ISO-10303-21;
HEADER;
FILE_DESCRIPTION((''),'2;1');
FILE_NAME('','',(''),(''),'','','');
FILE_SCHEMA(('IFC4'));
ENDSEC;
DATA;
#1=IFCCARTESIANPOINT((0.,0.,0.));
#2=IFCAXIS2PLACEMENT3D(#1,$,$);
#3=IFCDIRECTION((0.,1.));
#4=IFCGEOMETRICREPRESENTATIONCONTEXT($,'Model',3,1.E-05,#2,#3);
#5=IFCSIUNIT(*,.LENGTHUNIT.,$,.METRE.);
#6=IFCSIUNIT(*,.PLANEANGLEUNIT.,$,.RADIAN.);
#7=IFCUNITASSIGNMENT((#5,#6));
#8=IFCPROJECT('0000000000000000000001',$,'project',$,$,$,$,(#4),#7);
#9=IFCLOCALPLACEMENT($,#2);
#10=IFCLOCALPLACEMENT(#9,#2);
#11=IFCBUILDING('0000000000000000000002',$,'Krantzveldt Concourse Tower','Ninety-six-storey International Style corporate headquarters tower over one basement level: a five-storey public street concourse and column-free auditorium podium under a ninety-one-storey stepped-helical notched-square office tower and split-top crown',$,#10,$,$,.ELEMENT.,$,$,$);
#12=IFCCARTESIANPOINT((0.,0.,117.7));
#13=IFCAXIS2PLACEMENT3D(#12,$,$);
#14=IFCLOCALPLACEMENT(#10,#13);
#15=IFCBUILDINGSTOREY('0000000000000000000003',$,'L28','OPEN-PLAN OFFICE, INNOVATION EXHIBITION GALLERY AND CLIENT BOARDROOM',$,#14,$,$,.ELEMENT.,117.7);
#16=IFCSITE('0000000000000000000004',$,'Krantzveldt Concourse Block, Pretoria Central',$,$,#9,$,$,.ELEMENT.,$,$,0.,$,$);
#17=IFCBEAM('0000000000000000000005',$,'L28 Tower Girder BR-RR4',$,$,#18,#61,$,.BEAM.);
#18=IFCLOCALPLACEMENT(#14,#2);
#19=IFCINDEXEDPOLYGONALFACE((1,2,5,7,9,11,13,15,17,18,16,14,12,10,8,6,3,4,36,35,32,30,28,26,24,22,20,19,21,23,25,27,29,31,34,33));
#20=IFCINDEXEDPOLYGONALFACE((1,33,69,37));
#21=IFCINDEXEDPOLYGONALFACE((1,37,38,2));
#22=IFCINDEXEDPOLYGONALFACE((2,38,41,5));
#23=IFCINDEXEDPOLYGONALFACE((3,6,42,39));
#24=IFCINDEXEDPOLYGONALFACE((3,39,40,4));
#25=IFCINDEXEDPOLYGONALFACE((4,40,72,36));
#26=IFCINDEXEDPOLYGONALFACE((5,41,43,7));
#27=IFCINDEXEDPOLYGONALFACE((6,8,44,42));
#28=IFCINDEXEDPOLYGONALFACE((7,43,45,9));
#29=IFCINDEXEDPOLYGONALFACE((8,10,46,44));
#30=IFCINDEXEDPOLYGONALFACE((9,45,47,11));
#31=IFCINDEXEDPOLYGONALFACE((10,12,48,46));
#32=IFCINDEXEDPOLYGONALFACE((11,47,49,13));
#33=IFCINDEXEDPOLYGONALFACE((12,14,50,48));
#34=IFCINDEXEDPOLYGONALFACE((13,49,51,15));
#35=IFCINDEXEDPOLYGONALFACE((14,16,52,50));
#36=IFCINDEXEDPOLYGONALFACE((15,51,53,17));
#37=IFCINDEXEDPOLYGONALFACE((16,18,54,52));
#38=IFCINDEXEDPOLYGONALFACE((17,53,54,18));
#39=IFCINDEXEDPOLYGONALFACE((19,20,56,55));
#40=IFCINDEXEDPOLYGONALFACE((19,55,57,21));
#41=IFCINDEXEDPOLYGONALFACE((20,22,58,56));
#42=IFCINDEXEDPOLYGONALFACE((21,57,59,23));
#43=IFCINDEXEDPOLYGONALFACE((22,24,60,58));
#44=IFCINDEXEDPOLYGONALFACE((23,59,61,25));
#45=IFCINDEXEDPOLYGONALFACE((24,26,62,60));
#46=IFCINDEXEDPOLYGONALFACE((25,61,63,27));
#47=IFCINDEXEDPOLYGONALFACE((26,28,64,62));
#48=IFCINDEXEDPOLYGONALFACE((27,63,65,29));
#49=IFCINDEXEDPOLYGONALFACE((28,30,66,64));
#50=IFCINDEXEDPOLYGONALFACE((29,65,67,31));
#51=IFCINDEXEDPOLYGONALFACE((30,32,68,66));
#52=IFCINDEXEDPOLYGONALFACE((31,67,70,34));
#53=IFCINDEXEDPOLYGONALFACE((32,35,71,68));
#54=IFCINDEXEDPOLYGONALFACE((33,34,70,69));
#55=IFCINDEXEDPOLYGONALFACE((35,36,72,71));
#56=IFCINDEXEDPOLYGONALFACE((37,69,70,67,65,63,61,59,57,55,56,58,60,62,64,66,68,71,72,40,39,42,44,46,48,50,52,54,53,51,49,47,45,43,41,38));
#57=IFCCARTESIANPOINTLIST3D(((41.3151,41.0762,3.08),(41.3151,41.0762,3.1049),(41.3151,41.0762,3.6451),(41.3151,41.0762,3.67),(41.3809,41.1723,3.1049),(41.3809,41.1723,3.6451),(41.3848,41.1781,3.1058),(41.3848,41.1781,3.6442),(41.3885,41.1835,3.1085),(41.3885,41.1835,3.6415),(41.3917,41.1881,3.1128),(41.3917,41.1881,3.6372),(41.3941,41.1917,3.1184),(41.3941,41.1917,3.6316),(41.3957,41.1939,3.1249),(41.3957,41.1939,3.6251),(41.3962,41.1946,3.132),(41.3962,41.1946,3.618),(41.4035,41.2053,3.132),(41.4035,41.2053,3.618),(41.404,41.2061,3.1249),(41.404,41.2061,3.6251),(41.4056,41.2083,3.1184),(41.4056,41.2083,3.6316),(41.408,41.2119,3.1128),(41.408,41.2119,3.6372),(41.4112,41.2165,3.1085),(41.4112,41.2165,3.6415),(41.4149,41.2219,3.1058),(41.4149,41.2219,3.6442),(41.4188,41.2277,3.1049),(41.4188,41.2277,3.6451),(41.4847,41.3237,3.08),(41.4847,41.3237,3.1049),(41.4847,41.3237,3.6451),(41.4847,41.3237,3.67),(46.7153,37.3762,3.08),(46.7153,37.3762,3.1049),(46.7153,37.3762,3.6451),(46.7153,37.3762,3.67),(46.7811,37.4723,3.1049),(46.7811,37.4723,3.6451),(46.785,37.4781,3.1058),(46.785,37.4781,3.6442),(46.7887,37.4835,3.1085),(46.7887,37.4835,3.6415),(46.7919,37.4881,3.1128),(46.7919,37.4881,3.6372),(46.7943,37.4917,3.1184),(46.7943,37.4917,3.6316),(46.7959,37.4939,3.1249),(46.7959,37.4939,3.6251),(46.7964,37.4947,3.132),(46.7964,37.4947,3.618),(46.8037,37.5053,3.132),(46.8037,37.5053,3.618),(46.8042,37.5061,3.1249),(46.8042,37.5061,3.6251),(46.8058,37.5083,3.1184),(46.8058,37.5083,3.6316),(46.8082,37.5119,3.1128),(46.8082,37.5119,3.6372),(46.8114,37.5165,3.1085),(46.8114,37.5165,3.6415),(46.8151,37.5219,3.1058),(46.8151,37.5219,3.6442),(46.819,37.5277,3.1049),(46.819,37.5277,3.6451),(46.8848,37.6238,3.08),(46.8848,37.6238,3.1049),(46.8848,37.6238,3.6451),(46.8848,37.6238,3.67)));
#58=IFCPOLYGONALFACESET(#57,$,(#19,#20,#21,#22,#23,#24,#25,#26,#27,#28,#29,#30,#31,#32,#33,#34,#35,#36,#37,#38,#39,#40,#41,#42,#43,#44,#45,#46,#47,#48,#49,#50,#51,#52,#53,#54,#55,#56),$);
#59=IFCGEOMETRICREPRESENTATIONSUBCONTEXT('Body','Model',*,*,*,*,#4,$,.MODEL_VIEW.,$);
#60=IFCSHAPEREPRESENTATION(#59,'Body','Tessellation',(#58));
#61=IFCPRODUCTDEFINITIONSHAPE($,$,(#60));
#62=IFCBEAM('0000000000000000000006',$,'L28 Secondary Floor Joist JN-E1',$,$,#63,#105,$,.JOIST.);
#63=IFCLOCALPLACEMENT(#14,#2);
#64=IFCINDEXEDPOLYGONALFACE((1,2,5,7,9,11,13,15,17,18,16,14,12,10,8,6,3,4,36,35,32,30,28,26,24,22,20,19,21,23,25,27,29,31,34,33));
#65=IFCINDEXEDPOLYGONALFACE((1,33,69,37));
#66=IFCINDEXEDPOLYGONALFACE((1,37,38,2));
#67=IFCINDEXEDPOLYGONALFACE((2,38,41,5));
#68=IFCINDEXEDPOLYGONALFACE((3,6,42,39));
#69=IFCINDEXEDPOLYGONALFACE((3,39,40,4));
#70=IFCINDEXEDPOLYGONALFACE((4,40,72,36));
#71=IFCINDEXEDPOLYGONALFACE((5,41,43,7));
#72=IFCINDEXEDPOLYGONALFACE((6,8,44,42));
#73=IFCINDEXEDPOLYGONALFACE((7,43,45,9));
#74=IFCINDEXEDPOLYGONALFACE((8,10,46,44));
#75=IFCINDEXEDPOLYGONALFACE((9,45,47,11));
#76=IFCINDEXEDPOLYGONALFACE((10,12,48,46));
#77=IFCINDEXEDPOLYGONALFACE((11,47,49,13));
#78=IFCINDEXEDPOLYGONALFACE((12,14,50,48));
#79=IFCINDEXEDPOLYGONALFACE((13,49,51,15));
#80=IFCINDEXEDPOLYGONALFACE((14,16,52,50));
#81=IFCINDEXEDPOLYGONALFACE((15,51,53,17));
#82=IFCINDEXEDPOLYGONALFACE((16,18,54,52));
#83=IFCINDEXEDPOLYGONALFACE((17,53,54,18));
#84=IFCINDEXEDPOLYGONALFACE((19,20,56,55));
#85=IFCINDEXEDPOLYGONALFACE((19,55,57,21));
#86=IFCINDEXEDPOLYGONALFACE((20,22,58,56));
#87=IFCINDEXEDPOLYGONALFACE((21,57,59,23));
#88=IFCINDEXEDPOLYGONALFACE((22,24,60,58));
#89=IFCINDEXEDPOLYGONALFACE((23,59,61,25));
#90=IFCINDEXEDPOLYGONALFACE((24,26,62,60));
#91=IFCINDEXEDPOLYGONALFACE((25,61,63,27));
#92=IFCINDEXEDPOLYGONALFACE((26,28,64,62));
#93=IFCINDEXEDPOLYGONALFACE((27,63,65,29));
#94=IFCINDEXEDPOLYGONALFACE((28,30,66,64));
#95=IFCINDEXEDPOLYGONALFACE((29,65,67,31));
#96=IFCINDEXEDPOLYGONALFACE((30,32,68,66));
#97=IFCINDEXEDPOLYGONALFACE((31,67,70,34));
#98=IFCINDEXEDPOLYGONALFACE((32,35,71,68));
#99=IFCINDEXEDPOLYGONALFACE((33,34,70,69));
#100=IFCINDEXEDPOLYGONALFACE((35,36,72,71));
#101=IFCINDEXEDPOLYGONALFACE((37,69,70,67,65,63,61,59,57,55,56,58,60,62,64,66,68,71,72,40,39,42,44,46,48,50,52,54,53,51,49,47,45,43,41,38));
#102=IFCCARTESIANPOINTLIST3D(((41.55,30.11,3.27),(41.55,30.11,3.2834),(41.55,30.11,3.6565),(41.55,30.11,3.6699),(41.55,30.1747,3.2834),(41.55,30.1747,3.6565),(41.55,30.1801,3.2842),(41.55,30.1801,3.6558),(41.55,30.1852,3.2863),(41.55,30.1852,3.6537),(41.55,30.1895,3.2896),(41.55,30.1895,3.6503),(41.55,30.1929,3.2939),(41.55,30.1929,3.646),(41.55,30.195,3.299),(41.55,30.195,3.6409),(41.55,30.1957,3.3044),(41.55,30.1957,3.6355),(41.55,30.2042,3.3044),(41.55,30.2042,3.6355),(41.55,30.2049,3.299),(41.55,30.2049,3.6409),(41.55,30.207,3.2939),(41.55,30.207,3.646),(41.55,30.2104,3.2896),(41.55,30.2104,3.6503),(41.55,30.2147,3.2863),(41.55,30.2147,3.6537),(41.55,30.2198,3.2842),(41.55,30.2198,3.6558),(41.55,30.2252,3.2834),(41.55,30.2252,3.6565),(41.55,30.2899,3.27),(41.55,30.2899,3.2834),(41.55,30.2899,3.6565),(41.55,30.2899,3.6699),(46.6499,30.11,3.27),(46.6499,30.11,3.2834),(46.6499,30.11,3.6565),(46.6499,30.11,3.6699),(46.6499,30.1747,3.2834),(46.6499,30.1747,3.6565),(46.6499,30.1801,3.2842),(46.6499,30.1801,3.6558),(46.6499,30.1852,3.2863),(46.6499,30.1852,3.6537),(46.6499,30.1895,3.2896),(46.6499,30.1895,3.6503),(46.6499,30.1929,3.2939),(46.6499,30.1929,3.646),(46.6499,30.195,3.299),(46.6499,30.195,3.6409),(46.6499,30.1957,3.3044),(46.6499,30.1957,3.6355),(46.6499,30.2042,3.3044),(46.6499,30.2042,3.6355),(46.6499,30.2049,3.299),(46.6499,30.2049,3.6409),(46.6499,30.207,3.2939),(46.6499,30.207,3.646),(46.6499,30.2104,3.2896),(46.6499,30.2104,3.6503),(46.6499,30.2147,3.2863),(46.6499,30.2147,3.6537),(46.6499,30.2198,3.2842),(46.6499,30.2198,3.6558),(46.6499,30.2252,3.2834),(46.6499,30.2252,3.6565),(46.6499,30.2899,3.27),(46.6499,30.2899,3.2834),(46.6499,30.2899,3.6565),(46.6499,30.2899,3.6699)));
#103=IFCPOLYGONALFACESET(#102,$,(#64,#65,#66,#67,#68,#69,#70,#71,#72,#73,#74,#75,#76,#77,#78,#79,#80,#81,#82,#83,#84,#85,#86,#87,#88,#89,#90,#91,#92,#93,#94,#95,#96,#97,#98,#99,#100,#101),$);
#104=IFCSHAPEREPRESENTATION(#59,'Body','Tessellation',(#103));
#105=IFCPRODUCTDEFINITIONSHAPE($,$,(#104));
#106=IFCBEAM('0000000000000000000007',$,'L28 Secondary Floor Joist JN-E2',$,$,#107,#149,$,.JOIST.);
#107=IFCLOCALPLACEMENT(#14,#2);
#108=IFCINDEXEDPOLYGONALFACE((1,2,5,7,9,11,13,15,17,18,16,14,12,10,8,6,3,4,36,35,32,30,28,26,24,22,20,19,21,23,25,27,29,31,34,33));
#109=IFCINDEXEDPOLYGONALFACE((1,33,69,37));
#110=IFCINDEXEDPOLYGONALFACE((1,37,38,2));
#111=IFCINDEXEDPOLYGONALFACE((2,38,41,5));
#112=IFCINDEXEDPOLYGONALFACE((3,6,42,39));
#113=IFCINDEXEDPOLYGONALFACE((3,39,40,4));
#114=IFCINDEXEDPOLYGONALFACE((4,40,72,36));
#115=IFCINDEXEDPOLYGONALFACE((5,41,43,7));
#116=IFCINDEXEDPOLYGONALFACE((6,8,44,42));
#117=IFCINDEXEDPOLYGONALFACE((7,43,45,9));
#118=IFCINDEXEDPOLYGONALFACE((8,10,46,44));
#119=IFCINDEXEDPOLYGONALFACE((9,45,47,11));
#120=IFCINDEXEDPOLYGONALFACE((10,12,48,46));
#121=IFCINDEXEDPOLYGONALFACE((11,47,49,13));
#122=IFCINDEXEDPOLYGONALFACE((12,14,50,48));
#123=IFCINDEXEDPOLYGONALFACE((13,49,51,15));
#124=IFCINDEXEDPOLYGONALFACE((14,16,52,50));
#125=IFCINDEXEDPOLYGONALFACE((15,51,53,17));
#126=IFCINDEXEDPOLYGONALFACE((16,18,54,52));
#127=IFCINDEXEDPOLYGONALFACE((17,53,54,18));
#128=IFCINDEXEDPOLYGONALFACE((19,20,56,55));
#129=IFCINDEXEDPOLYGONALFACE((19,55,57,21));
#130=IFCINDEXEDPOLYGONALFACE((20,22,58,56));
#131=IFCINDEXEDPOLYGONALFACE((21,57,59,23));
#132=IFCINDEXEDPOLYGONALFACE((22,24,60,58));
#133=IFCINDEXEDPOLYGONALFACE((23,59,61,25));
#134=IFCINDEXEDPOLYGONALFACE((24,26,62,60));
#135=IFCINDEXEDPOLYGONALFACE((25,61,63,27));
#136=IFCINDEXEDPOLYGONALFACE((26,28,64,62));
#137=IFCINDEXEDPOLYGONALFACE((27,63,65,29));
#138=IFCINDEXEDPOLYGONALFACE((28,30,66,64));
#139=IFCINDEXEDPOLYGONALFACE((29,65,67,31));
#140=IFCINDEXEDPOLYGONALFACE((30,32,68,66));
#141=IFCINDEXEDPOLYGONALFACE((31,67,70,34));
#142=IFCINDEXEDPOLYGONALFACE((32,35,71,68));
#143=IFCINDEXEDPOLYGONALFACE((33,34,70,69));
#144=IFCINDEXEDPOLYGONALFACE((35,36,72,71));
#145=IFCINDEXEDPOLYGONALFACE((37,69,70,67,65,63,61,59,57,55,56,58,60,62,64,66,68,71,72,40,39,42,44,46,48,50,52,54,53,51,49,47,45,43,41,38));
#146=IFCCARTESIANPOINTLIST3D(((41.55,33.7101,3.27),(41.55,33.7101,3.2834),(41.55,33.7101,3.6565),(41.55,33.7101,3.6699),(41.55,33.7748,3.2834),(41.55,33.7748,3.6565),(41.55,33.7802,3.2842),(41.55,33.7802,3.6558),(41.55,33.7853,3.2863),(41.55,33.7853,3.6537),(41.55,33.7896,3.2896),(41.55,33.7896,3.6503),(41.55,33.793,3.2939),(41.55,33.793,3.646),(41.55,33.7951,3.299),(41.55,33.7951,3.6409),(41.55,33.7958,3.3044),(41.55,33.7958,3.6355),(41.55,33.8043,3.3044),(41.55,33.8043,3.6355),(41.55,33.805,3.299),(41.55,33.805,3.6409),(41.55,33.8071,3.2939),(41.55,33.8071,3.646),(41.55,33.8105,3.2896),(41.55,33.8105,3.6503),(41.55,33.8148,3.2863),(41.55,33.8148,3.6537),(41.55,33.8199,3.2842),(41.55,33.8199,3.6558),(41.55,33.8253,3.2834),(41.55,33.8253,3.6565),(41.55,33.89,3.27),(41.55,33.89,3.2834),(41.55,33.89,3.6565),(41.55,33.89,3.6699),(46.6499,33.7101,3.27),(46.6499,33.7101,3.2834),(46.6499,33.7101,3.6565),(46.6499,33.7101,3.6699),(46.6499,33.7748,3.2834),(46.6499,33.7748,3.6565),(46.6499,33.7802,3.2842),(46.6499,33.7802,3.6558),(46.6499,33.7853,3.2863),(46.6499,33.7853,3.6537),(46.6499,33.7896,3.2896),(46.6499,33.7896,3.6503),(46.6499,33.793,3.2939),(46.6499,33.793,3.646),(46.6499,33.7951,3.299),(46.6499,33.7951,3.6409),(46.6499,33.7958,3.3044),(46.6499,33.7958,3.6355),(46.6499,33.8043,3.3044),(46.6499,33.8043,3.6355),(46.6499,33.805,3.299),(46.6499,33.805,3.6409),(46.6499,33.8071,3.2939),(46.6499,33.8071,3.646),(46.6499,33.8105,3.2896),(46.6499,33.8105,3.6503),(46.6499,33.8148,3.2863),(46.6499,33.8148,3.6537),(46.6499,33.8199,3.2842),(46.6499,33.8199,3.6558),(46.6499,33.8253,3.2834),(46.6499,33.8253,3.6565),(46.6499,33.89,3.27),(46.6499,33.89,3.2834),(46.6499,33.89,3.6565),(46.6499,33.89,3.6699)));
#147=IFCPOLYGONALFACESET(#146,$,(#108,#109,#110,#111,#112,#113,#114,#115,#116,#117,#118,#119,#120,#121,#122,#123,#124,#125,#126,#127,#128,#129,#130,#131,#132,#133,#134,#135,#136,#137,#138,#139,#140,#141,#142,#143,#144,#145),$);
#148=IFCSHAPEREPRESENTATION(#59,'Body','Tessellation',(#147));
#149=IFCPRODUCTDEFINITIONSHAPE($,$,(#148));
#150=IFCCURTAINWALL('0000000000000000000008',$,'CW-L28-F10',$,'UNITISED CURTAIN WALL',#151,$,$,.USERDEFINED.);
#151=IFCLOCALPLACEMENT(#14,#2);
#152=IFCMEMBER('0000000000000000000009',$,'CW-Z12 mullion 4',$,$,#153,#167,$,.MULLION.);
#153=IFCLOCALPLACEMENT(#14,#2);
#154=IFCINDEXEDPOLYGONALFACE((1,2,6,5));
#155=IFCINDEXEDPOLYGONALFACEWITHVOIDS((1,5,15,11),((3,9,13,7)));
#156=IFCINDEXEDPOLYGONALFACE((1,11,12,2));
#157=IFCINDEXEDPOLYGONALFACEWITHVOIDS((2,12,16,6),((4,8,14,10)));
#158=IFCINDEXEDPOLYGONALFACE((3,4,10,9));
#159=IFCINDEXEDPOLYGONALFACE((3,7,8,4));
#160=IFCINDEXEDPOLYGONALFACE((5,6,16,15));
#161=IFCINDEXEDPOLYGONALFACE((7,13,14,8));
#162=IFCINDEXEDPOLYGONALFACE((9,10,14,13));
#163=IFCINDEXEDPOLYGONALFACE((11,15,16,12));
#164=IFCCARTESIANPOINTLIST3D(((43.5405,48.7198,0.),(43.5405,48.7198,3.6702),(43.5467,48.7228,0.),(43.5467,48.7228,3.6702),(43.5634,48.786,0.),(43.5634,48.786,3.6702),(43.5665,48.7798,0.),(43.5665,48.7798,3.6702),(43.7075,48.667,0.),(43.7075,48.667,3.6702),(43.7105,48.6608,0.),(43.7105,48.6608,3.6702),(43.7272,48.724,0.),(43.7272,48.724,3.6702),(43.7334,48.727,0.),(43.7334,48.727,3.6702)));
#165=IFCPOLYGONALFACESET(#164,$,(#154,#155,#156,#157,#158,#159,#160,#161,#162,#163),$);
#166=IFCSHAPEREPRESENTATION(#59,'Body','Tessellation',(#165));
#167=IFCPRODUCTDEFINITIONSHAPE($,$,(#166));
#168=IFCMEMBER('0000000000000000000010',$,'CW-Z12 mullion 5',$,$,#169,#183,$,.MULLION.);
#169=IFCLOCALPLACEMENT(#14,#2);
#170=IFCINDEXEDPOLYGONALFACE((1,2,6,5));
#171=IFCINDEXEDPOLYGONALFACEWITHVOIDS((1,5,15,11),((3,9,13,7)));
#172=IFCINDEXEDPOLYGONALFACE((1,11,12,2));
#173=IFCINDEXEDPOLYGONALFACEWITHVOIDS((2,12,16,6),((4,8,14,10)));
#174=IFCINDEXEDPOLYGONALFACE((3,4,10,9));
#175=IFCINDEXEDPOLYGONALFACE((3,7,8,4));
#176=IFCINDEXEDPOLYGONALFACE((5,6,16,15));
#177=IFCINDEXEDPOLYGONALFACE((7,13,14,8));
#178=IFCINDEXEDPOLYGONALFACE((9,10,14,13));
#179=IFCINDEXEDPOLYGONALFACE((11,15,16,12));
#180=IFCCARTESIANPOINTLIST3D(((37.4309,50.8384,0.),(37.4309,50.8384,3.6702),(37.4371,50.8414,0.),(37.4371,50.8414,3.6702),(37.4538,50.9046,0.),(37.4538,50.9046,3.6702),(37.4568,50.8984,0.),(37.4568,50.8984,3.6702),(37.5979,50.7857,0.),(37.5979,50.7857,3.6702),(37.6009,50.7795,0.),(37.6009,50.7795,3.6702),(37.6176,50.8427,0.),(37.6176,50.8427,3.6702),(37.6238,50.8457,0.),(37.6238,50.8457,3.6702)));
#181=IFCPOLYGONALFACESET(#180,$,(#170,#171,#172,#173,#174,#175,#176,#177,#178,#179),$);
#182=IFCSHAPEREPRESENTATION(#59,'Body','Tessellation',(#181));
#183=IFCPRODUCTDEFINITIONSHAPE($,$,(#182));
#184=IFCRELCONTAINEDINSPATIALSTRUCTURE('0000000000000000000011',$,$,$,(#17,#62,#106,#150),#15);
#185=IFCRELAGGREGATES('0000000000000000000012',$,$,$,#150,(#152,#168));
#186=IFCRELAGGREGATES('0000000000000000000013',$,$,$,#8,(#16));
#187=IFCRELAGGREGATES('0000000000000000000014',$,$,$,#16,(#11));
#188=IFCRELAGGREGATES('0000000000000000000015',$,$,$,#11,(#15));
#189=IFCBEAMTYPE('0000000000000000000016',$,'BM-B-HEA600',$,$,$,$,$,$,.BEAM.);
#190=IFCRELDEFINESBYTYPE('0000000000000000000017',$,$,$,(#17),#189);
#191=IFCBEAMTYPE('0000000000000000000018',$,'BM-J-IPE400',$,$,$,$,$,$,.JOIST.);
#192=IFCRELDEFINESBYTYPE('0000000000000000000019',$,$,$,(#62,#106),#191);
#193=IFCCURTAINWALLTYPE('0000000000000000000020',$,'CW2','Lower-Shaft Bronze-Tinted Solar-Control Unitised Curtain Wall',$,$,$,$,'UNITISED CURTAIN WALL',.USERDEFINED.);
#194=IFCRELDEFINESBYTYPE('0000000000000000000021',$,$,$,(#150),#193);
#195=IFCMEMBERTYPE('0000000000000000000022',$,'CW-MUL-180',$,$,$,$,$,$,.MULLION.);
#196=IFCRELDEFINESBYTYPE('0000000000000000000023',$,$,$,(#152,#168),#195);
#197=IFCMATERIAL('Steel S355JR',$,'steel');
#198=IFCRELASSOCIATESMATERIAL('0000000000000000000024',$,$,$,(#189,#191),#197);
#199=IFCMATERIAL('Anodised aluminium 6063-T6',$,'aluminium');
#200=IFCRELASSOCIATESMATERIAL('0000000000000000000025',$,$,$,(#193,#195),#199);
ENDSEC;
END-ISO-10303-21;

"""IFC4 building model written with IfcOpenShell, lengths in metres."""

from ifc_helpers import new_model, si_unit, direction, frame, origin, origin_2d, place, context, subcontext, project, spatial, hollow_rectangle, i_section, extrude, source, transform, mapped, material, material_profile, profile_set, type_object, type_shapes, element, aggregate, save


model = new_model("IFC4")

# Units and contexts
model_context = context("Model", 3, precision=1e-05, world=origin(), true_north=direction((0.0, 1.0)))
body_context = subcontext(model_context, "Body", "Model", "MODEL_VIEW")
ifc_project = project(units=[si_unit("LENGTHUNIT", "METRE"), si_unit("PLANEANGLEUNIT", "RADIAN")], contexts=[model_context])

# Site, building, storey
site_placement = place(None, origin())
site = spatial("IfcSite", under=ifc_project, at=site_placement, Name="Krantzveldt Concourse Block, Pretoria Central", CompositionType="ELEMENT", RefElevation=0.0)
building_placement = place(site_placement, origin())
building = spatial("IfcBuilding", under=site, at=building_placement, Name="Krantzveldt Concourse Tower", Description="Ninety-six-storey International Style corporate headquarters tower over one basement level: a five-storey public street concourse and column-free auditorium podium under a ninety-one-storey stepped-helical notched-square office tower and split-top crown", CompositionType="ELEMENT")
storey_placement = place(building_placement, frame((0.0, 0.0, 117.7)))
storey = spatial("IfcBuildingStorey", under=building, at=storey_placement, Name="L28", Description="OPEN-PLAN OFFICE, INNOVATION EXHIBITION GALLERY AND CLIENT BOARDROOM", CompositionType="ELEMENT", Elevation=117.7)

# Beams
ifc_material_1 = material(Name="Steel S355JR", Category="steel")
ifc_material_profile_1 = material_profile(ifc_material_1, i_section(OverallWidth=0.3, OverallDepth=0.5901, WebThickness=0.0129, FlangeThickness=0.0249, FilletRadius=0.0271, at=origin_2d()), Name="Steel S355JR", Category="steel")
ifc_profile_set_1 = profile_set([ifc_material_profile_1], Name="Steel S355JR - HEA 600")
beam_type_1 = type_object("IfcBeamType", Name="BM-B-HEA600", PredefinedType="BEAM", material=ifc_profile_set_1)
shared_shape_1 = source(origin(), body_context, "Body", "SweptSolid", [
    extrude(i_section(OverallWidth=0.3, OverallDepth=0.5901, WebThickness=0.0129, FlangeThickness=0.0249, FilletRadius=0.0271, at=origin_2d()), origin(), (0.0, 0.0, 1.0), 6.5461),
])
beam_1_placement = place(storey_placement, frame((46.8, 37.5, 3.375), z_axis=(-0.824943, 0.565216, 0.0), x_axis=(-0.565216, -0.824943, 0.0)))
element("IfcBeam", 1, at=beam_1_placement, inside=storey, type_object=beam_type_1, Name="L28 Tower Girder BR-RR4", PredefinedType="BEAM", context=body_context, shape_type="MappedRepresentation", body=[
    mapped(shared_shape_1, transform((0.0, 0.0, 0.0), x_axis=(1.0, 0.0, 0.0), y_axis=(0.0, 1.0, 0.0), z_axis=(0.0, 0.0, 1.0), scale=1.0)),
])
ifc_material_profile_2 = material_profile(ifc_material_1, i_section(OverallWidth=0.1799, OverallDepth=0.3999, WebThickness=0.0085, FlangeThickness=0.0134, FilletRadius=0.021, at=origin_2d()), Name="Steel S355JR", Category="steel")
ifc_profile_set_2 = profile_set([ifc_material_profile_2], Name="Steel S355JR - IPE 400")
beam_type_2 = type_object("IfcBeamType", Name="BM-J-IPE400", PredefinedType="JOIST", material=ifc_profile_set_2)
shared_shape_2 = source(origin(), body_context, "Body", "SweptSolid", [
    extrude(i_section(OverallWidth=0.1799, OverallDepth=0.3999, WebThickness=0.0085, FlangeThickness=0.0134, FilletRadius=0.021, at=origin_2d()), origin(), (0.0, 0.0, 1.0), 5.0999),
])
type_shapes(beam_type_2, [shared_shape_2])
for number, where, z_axis, x_axis, name in (
    (2, (41.55, 30.2, 3.47), (1.0, 0.0, 0.0), (0.0, 1.0, 0.0), "L28 Secondary Floor Joist JN-E1"),
    (3, (41.55, 33.8, 3.47), (1.0, 0.0, 0.0), (0.0, 1.0, 0.0), "L28 Secondary Floor Joist JN-E2"),
):
    element("IfcBeam", number, at=place(storey_placement, frame(where, z_axis=z_axis, x_axis=x_axis)), inside=storey, type_object=beam_type_2, Name=name, PredefinedType="JOIST", context=body_context, shape_type="MappedRepresentation", body=[
        mapped(shared_shape_2, transform((0.0, 0.0, 0.0), x_axis=(1.0, 0.0, 0.0), y_axis=(0.0, 1.0, 0.0), z_axis=(0.0, 0.0, 1.0), scale=1.0)),
    ])

# Curtain wall, members
ifc_material_2 = material(Name="Anodised aluminium 6063-T6", Category="aluminium")
curtain_wall_type = type_object("IfcCurtainWallType", Name="CW2", Description="Lower-Shaft Bronze-Tinted Solar-Control Unitised Curtain Wall", ElementType="UNITISED CURTAIN WALL", PredefinedType="USERDEFINED", material=ifc_material_2)
curtain_wall_placement = place(storey_placement, origin())
curtain_wall = element("IfcCurtainWall", 4, at=curtain_wall_placement, inside=storey, type_object=curtain_wall_type, Name="CW-L28-F10", ObjectType="UNITISED CURTAIN WALL", PredefinedType="USERDEFINED")
ifc_material_profile_3 = material_profile(ifc_material_2, hollow_rectangle(XDim=0.0701, YDim=0.1799, WallThickness=0.0049, at=origin_2d()), Name="Anodised aluminium 6063-T6", Category="aluminium")
ifc_profile_set_3 = profile_set([ifc_material_profile_3], Name="Anodised aluminium 6063-T6 - ALU-MULL 180x70x5")
member_type_1 = type_object("IfcMemberType", Name="CW-MUL-180", PredefinedType="MULLION", material=ifc_profile_set_3)
shared_shape_3 = source(origin(), body_context, "Body", "SweptSolid", [
    extrude(hollow_rectangle(XDim=0.0701, YDim=0.1799, WallThickness=0.0049, at=origin_2d()), origin(), (0.0, 0.0, 1.0), 3.6702),
])
type_shapes(member_type_1, [shared_shape_3])
member_1_placement = place(storey_placement, frame((43.637, 48.7234, 0.0), z_axis=(0.0, 0.0, 1.0), x_axis=(-0.32763, -0.944806, 0.0)))
member_1 = element("IfcMember", 5, at=member_1_placement, type_object=member_type_1, Name="CW-Z12 mullion 4", PredefinedType="MULLION", context=body_context, shape_type="MappedRepresentation", body=[
    mapped(shared_shape_3, transform((0.0, 0.0, 0.0), x_axis=(1.0, 0.0, 0.0), y_axis=(0.0, 1.0, 0.0), z_axis=(0.0, 0.0, 1.0), scale=1.0)),
])
member_2_placement = place(storey_placement, frame((37.5273, 50.842, 0.0), z_axis=(0.0, 0.0, 1.0), x_axis=(-0.32763, -0.944806, 0.0)))
member_2 = element("IfcMember", 6, at=member_2_placement, type_object=member_type_1, Name="CW-Z12 mullion 5", PredefinedType="MULLION", context=body_context, shape_type="MappedRepresentation", body=[
    mapped(shared_shape_3, transform((0.0, 0.0, 0.0), x_axis=(1.0, 0.0, 0.0), y_axis=(0.0, 1.0, 0.0), z_axis=(0.0, 0.0, 1.0), scale=1.0)),
])
aggregate(curtain_wall, [member_1, member_2])

save(model, "model.ifc")
